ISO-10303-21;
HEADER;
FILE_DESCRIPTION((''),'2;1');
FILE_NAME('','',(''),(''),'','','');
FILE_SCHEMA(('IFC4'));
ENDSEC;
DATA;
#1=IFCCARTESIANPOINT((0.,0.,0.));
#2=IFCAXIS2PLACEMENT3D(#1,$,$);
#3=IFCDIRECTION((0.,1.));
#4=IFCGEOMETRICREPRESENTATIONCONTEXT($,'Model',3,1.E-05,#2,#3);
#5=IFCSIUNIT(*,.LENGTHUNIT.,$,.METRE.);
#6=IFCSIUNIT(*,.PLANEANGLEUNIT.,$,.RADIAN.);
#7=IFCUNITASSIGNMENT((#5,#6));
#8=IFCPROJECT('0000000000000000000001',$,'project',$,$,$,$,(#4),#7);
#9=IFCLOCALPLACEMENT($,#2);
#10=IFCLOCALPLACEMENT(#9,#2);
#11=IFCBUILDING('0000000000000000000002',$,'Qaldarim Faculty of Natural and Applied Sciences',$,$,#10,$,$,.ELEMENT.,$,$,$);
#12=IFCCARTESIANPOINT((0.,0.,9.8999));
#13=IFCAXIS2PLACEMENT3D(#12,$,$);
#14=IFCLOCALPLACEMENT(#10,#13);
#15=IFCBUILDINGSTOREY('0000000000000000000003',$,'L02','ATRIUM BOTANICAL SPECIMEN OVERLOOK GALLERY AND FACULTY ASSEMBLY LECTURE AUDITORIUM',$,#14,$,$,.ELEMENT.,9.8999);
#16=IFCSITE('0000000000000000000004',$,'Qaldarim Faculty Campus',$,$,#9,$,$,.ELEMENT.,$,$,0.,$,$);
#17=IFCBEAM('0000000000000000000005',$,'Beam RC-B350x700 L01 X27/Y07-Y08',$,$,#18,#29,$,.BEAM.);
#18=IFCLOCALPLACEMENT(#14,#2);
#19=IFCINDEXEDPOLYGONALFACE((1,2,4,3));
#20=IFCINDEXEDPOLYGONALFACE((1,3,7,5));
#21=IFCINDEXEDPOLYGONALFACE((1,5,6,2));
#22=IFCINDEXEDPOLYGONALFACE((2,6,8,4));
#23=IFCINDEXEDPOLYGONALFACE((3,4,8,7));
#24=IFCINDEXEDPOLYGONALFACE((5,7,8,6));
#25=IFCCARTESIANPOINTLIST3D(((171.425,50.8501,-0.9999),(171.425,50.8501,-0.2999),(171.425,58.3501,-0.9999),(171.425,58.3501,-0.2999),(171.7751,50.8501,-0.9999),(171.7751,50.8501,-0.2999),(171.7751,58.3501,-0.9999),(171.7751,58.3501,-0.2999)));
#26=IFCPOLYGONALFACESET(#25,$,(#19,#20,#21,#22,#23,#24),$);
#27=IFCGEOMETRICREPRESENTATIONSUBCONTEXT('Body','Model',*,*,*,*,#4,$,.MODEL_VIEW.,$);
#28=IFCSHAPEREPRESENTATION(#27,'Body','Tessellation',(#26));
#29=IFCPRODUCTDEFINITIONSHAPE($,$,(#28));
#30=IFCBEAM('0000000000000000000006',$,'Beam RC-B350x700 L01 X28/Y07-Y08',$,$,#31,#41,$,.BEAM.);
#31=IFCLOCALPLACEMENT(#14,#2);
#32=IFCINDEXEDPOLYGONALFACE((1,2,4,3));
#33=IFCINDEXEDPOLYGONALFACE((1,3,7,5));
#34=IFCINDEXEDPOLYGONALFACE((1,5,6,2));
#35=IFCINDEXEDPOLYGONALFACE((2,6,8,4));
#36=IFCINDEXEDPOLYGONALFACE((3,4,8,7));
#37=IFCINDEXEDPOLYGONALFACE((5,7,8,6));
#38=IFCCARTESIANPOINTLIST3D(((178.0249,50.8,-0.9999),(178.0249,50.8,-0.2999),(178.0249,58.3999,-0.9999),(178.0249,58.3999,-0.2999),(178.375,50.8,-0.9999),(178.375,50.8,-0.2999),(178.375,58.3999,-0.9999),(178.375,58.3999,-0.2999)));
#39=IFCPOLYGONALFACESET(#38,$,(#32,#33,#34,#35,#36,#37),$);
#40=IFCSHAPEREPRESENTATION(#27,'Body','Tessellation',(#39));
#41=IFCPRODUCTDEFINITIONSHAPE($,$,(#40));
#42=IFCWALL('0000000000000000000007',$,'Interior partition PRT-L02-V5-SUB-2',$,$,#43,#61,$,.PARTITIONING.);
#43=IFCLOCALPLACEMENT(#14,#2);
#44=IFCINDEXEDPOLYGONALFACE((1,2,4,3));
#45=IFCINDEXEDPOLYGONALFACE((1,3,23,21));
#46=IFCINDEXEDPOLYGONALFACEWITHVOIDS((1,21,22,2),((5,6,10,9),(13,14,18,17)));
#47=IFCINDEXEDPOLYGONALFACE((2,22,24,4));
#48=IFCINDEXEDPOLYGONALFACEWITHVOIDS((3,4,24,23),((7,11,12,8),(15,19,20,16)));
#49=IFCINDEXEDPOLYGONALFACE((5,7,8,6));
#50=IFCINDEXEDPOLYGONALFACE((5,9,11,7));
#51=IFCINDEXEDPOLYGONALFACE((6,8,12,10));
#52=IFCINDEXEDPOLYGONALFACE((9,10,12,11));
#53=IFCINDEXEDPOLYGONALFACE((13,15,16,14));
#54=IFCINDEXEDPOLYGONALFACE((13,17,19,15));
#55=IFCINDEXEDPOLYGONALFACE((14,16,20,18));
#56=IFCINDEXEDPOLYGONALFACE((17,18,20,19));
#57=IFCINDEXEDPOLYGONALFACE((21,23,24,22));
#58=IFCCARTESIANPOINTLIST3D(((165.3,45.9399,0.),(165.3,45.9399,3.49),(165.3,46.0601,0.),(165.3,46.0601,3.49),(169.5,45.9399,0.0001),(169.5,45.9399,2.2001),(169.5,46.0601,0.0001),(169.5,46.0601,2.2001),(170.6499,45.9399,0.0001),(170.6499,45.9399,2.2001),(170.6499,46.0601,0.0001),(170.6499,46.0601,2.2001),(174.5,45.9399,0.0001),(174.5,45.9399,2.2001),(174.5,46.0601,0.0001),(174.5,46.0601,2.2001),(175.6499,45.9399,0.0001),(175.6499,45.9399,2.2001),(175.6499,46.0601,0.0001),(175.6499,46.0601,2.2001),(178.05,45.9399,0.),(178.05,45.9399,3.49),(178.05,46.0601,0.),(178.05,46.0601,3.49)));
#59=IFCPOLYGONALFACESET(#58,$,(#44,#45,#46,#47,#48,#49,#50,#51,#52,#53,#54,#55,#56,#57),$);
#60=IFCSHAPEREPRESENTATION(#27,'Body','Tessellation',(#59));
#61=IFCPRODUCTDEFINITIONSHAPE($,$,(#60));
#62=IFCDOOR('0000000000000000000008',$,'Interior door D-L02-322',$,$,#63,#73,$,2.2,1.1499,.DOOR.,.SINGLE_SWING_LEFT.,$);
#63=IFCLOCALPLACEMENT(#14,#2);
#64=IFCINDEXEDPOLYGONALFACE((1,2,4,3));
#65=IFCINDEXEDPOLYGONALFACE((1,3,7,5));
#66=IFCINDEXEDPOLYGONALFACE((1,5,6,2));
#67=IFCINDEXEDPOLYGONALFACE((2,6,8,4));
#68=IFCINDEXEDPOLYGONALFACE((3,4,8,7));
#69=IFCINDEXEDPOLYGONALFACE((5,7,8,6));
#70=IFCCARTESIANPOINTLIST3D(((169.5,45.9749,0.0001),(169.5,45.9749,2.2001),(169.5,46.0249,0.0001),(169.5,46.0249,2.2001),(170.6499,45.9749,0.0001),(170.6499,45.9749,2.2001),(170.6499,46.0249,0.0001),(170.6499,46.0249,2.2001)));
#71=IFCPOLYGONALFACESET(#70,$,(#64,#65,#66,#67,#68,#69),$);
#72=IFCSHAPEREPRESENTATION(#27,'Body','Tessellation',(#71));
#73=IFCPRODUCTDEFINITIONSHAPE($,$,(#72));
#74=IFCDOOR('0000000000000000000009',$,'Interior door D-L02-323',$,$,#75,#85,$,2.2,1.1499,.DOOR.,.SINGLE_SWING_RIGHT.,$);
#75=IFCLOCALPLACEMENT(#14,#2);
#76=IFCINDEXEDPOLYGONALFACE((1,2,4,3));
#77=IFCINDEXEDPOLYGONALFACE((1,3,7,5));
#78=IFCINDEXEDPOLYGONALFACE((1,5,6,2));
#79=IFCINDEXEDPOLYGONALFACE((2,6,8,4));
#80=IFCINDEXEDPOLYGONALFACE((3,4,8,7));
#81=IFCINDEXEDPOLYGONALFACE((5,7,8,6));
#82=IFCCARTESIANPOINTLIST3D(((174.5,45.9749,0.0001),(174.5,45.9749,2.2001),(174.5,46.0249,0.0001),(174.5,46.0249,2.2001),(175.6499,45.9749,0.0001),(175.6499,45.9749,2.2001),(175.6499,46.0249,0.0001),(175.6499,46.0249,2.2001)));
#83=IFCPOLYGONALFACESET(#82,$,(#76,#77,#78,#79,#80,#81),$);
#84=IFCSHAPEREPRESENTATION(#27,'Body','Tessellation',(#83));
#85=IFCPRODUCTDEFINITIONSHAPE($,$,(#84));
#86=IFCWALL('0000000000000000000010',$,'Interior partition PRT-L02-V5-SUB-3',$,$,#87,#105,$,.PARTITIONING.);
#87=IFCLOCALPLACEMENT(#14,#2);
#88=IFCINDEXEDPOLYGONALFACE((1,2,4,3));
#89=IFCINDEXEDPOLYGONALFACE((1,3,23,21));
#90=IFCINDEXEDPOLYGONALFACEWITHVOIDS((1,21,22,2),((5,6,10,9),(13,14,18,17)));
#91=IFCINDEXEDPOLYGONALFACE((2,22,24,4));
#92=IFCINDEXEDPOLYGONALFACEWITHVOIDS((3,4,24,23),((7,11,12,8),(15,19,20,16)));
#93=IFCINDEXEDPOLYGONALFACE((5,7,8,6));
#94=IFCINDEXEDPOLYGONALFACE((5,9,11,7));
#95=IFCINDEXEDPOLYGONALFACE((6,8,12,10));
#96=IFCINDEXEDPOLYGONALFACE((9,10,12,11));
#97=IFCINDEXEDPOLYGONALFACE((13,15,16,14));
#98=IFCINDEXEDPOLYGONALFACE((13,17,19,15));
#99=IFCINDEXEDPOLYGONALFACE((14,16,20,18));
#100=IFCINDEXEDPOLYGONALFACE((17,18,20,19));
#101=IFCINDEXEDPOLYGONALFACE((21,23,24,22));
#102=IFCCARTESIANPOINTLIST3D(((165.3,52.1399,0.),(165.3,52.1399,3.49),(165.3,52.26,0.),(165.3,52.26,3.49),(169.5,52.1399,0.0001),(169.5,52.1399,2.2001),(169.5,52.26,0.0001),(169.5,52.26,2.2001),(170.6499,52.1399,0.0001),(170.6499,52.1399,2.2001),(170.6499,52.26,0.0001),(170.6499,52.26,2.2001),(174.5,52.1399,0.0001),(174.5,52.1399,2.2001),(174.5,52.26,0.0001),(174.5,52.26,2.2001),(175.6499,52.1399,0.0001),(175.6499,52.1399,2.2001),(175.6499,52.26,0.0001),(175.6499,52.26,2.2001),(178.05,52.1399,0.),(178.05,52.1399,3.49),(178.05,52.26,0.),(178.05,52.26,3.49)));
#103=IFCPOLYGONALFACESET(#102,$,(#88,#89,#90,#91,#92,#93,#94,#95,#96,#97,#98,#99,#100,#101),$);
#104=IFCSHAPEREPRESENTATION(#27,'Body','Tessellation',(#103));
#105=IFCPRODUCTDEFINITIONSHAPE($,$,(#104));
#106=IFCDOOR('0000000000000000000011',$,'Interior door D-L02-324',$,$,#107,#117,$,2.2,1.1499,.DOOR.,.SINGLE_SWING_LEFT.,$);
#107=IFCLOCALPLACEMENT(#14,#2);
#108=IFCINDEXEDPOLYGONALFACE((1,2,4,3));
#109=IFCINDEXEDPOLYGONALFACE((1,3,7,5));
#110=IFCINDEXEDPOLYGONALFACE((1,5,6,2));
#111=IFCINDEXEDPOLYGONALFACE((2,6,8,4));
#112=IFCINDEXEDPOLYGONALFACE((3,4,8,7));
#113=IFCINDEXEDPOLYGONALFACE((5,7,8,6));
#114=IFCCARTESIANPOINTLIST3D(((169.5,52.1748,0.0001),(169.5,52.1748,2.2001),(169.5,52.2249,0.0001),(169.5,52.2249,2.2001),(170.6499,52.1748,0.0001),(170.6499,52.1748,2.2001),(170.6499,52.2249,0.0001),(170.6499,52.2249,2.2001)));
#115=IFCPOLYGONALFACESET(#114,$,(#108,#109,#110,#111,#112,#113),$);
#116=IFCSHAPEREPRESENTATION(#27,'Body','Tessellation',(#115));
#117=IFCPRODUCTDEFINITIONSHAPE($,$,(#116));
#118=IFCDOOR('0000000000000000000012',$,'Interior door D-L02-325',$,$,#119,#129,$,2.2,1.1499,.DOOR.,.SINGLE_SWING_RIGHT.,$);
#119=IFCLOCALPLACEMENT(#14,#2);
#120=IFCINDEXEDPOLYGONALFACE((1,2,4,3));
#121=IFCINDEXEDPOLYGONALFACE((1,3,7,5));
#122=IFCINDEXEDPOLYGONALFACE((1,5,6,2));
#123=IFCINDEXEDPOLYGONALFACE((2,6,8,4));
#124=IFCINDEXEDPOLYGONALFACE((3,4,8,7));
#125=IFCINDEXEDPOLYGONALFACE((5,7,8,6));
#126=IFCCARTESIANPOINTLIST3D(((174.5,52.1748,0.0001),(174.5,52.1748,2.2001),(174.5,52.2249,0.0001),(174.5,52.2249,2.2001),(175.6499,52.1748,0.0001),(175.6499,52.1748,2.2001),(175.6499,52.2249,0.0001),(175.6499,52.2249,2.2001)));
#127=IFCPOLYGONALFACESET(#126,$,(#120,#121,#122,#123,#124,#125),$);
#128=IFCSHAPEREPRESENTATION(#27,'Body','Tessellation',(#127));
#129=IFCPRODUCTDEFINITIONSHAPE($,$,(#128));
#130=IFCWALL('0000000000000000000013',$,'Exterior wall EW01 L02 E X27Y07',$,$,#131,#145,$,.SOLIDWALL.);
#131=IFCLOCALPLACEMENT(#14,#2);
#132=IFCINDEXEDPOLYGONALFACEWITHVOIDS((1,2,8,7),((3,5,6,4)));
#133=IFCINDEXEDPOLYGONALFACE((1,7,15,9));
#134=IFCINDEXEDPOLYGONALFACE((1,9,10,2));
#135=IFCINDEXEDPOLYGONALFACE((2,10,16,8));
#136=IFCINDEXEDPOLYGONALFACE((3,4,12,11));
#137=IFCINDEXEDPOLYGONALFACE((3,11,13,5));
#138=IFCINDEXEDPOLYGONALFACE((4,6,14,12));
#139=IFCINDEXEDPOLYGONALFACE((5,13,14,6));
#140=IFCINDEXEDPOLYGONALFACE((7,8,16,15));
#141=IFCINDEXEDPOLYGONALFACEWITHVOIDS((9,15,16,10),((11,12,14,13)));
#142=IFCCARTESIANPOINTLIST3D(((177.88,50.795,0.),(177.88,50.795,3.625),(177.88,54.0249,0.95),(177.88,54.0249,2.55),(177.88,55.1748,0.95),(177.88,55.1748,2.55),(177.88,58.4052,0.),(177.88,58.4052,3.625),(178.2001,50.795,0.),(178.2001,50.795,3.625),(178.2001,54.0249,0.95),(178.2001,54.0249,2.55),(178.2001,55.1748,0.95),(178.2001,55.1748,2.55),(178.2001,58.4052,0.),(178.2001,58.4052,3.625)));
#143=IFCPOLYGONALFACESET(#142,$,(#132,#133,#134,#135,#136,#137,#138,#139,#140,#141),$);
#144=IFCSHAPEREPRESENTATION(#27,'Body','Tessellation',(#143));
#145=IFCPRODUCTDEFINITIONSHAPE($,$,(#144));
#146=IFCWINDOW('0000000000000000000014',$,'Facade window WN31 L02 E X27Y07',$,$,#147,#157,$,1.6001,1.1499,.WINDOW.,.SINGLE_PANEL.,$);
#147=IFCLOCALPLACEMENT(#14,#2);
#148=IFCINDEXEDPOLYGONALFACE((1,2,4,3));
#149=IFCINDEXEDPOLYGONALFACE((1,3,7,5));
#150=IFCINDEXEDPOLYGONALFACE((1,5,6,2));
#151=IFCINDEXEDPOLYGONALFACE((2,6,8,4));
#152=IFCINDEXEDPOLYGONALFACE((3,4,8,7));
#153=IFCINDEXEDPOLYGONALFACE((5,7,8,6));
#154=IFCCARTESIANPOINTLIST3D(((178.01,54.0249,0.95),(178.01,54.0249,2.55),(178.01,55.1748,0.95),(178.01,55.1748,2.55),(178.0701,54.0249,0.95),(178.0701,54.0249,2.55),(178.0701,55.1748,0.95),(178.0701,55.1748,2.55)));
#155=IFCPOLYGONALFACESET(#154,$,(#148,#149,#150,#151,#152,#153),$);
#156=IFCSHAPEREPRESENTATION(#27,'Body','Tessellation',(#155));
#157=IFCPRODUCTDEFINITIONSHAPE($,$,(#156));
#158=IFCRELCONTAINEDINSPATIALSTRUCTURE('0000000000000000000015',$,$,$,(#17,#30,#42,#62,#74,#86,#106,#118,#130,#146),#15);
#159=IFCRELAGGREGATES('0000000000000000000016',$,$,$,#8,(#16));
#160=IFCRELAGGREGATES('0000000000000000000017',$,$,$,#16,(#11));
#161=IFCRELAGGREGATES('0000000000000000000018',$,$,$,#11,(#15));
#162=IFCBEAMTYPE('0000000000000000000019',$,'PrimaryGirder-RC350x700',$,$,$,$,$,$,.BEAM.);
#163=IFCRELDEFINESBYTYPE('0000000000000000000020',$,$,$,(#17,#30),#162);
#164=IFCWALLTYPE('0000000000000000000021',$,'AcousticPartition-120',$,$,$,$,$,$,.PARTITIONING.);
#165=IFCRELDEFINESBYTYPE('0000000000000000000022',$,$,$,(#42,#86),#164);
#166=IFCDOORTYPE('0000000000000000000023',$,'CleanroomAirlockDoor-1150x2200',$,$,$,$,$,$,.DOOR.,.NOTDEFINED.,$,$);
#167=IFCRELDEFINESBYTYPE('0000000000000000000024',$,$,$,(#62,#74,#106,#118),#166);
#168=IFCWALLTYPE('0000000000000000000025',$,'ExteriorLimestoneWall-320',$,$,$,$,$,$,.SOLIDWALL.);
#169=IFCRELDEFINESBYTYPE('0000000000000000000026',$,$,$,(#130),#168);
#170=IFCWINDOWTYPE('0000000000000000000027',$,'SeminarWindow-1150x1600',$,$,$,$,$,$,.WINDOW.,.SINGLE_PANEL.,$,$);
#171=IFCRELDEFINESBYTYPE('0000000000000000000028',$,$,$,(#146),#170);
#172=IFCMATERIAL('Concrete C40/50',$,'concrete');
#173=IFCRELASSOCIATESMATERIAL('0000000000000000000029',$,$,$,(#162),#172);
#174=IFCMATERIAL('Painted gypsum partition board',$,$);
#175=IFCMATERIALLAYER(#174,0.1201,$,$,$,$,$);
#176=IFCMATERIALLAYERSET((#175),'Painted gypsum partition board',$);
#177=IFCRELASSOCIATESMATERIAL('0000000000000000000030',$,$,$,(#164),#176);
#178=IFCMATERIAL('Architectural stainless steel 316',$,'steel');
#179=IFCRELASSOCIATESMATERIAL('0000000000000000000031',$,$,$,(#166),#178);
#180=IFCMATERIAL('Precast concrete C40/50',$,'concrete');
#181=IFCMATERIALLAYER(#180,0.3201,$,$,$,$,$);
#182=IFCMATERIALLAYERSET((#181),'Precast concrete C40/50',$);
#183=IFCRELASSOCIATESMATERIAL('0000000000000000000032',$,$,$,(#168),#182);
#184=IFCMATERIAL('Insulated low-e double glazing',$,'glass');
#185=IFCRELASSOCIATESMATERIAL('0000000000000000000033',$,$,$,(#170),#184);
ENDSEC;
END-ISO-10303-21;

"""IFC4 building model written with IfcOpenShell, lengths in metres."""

from ifc_helpers import new_model, si_unit, direction, frame, frame_2d, origin, origin_2d, place, context, subcontext, project, spatial, rectangle, extrude, material, layer, layer_set, material_profile, profile_set, type_object, element, fill, save


model = new_model("IFC4")

# Units and contexts
model_context = context("Model", 3, precision=1e-05, world=origin(), true_north=direction((0.0, 1.0)))
body_context = subcontext(model_context, "Body", "Model", "MODEL_VIEW")
ifc_project = project(units=[si_unit("LENGTHUNIT", "METRE"), si_unit("PLANEANGLEUNIT", "RADIAN")], contexts=[model_context])

# Site, building, storey
site_placement = place(None, origin())
site = spatial("IfcSite", under=ifc_project, at=site_placement, Name="Qaldarim Faculty Campus", CompositionType="ELEMENT", RefElevation=0.0)
building_placement = place(site_placement, origin())
building = spatial("IfcBuilding", under=site, at=building_placement, Name="Qaldarim Faculty of Natural and Applied Sciences", CompositionType="ELEMENT")
storey_placement = place(building_placement, frame((0.0, 0.0, 9.8999)))
storey = spatial("IfcBuildingStorey", under=building, at=storey_placement, Name="L02", Description="ATRIUM BOTANICAL SPECIMEN OVERLOOK GALLERY AND FACULTY ASSEMBLY LECTURE AUDITORIUM", CompositionType="ELEMENT", Elevation=9.8999)

# Beams
ifc_material_1 = material(Name="Concrete C40/50", Category="concrete")
ifc_material_profile_1 = material_profile(ifc_material_1, rectangle(XDim=0.3501, YDim=0.7, at=origin_2d()), Name="RC-B350x700")
ifc_profile_set_1 = profile_set([ifc_material_profile_1], Name="Concrete C40/50")
beam_type_1 = type_object("IfcBeamType", Name="PrimaryGirder-RC350x700", PredefinedType="BEAM", material=ifc_profile_set_1)
beam_1_placement = place(storey_placement, frame((171.6001, 50.8501, -0.6499), z_axis=(0.0, 1.0, 0.0), x_axis=(-1.0, 0.0, 0.0)))
element("IfcBeam", 1, at=beam_1_placement, inside=storey, type_object=beam_type_1, Name="Beam RC-B350x700 L01 X27/Y07-Y08", PredefinedType="BEAM", context=body_context, shape_type="SweptSolid", body=[
    extrude(rectangle(XDim=0.3501, YDim=0.7, at=origin_2d()), origin(), (0.0, 0.0, 1.0), 7.5),
])
beam_2_placement = place(storey_placement, frame((178.2, 50.8, -0.6499), z_axis=(0.0, 1.0, 0.0), x_axis=(-1.0, 0.0, 0.0)))
element("IfcBeam", 2, at=beam_2_placement, inside=storey, type_object=beam_type_1, Name="Beam RC-B350x700 L01 X28/Y07-Y08", PredefinedType="BEAM", context=body_context, shape_type="SweptSolid", body=[
    extrude(rectangle(XDim=0.3501, YDim=0.7, at=origin_2d()), origin(), (0.0, 0.0, 1.0), 7.5999),
])

# Walls, openings, doors
ifc_material_2 = material(Name="Painted gypsum partition board")
ifc_layer_1 = layer(ifc_material_2, 0.1201)
ifc_layer_set_1 = layer_set([ifc_layer_1], Name="Painted gypsum partition board")
wall_type_1 = type_object("IfcWallType", Name="AcousticPartition-120", PredefinedType="PARTITIONING", material=ifc_layer_set_1)
wall_1_placement = place(storey_placement, frame((165.3, 46.0, 0.0), z_axis=(0.0, 0.0, 1.0), x_axis=(1.0, 0.0, 0.0)))
wall_1 = element("IfcWall", 3, at=wall_1_placement, inside=storey, type_object=wall_type_1, Name="Interior partition PRT-L02-V5-SUB-2", PredefinedType="PARTITIONING", context=body_context, shape_type="SweptSolid", body=[
    extrude(rectangle(XDim=12.75, YDim=0.1201, at=frame_2d((6.375, 0.0))), origin(), (0.0, 0.0, 1.0), 3.49),
])
opening_1_placement = place(wall_1_placement, frame((4.2, 0.0, 0.0)))
opening_1 = element("IfcOpeningElement", 4, at=opening_1_placement, cuts=wall_1, PredefinedType="OPENING", context=body_context, shape_type="SweptSolid", body=[
    extrude(rectangle(XDim=1.1499, YDim=2.2, at=frame_2d((0.575, 1.1001))), frame((0.0, 0.0701, 0.0), z_axis=(0.0, -1.0, 0.0), x_axis=(1.0, 0.0, 0.0)), (0.0, 0.0, 1.0), 0.1401),
])
opening_2_placement = place(wall_1_placement, frame((9.2, 0.0, 0.0)))
opening_2 = element("IfcOpeningElement", 5, at=opening_2_placement, cuts=wall_1, PredefinedType="OPENING", context=body_context, shape_type="SweptSolid", body=[
    extrude(rectangle(XDim=1.1499, YDim=2.2, at=frame_2d((0.575, 1.1001))), frame((0.0, 0.0701, 0.0), z_axis=(0.0, -1.0, 0.0), x_axis=(1.0, 0.0, 0.0)), (0.0, 0.0, 1.0), 0.1401),
])
ifc_material_3 = material(Name="Architectural stainless steel 316", Category="steel")
door_type_1 = type_object("IfcDoorType", Name="CleanroomAirlockDoor-1150x2200", OperationType="NOTDEFINED", PredefinedType="DOOR", material=ifc_material_3)
door_1_placement = place(opening_1_placement, origin())
door_1 = element("IfcDoor", 6, at=door_1_placement, inside=storey, type_object=door_type_1, Name="Interior door D-L02-322", OperationType="SINGLE_SWING_LEFT", OverallHeight=2.2, OverallWidth=1.1499, PredefinedType="DOOR", context=body_context, shape_type="SweptSolid", body=[
    extrude(rectangle(XDim=1.1499, YDim=2.2, at=frame_2d((0.575, 1.1001))), frame((0.0, 0.0249, 0.0), z_axis=(0.0, -1.0, 0.0), x_axis=(1.0, 0.0, 0.0)), (0.0, 0.0, 1.0), 0.05),
])
fill(opening_1, door_1)
door_2_placement = place(opening_2_placement, origin())
door_2 = element("IfcDoor", 7, at=door_2_placement, inside=storey, type_object=door_type_1, Name="Interior door D-L02-323", OperationType="SINGLE_SWING_RIGHT", OverallHeight=2.2, OverallWidth=1.1499, PredefinedType="DOOR", context=body_context, shape_type="SweptSolid", body=[
    extrude(rectangle(XDim=1.1499, YDim=2.2, at=frame_2d((0.575, 1.1001))), frame((0.0, 0.0249, 0.0), z_axis=(0.0, -1.0, 0.0), x_axis=(1.0, 0.0, 0.0)), (0.0, 0.0, 1.0), 0.05),
])
fill(opening_2, door_2)
wall_2_placement = place(storey_placement, frame((165.3, 52.2, 0.0), z_axis=(0.0, 0.0, 1.0), x_axis=(1.0, 0.0, 0.0)))
wall_2 = element("IfcWall", 8, at=wall_2_placement, inside=storey, type_object=wall_type_1, Name="Interior partition PRT-L02-V5-SUB-3", PredefinedType="PARTITIONING", context=body_context, shape_type="SweptSolid", body=[
    extrude(rectangle(XDim=12.75, YDim=0.1201, at=frame_2d((6.375, 0.0))), origin(), (0.0, 0.0, 1.0), 3.49),
])
opening_3_placement = place(wall_2_placement, frame((4.2, 0.0, 0.0)))
opening_3 = element("IfcOpeningElement", 9, at=opening_3_placement, cuts=wall_2, PredefinedType="OPENING", context=body_context, shape_type="SweptSolid", body=[
    extrude(rectangle(XDim=1.1499, YDim=2.2, at=frame_2d((0.575, 1.1001))), frame((0.0, 0.0701, 0.0), z_axis=(0.0, -1.0, 0.0), x_axis=(1.0, 0.0, 0.0)), (0.0, 0.0, 1.0), 0.1401),
])
opening_4_placement = place(wall_2_placement, frame((9.2, 0.0, 0.0)))
opening_4 = element("IfcOpeningElement", 10, at=opening_4_placement, cuts=wall_2, PredefinedType="OPENING", context=body_context, shape_type="SweptSolid", body=[
    extrude(rectangle(XDim=1.1499, YDim=2.2, at=frame_2d((0.575, 1.1001))), frame((0.0, 0.0701, 0.0), z_axis=(0.0, -1.0, 0.0), x_axis=(1.0, 0.0, 0.0)), (0.0, 0.0, 1.0), 0.1401),
])
door_3_placement = place(opening_3_placement, origin())
door_3 = element("IfcDoor", 11, at=door_3_placement, inside=storey, type_object=door_type_1, Name="Interior door D-L02-324", OperationType="SINGLE_SWING_LEFT", OverallHeight=2.2, OverallWidth=1.1499, PredefinedType="DOOR", context=body_context, shape_type="SweptSolid", body=[
    extrude(rectangle(XDim=1.1499, YDim=2.2, at=frame_2d((0.575, 1.1001))), frame((0.0, 0.0249, 0.0), z_axis=(0.0, -1.0, 0.0), x_axis=(1.0, 0.0, 0.0)), (0.0, 0.0, 1.0), 0.05),
])
fill(opening_3, door_3)
door_4_placement = place(opening_4_placement, origin())
door_4 = element("IfcDoor", 12, at=door_4_placement, inside=storey, type_object=door_type_1, Name="Interior door D-L02-325", OperationType="SINGLE_SWING_RIGHT", OverallHeight=2.2, OverallWidth=1.1499, PredefinedType="DOOR", context=body_context, shape_type="SweptSolid", body=[
    extrude(rectangle(XDim=1.1499, YDim=2.2, at=frame_2d((0.575, 1.1001))), frame((0.0, 0.0249, 0.0), z_axis=(0.0, -1.0, 0.0), x_axis=(1.0, 0.0, 0.0)), (0.0, 0.0, 1.0), 0.05),
])
fill(opening_4, door_4)

# Wall, opening, window
ifc_material_4 = material(Name="Precast concrete C40/50", Category="concrete")
ifc_layer_2 = layer(ifc_material_4, 0.3201)
ifc_layer_set_2 = layer_set([ifc_layer_2], Name="Precast concrete C40/50")
wall_type_2 = type_object("IfcWallType", Name="ExteriorLimestoneWall-320", PredefinedType="SOLIDWALL", material=ifc_layer_set_2)
wall_3_placement = place(storey_placement, frame((178.04, 50.7949, 0.0), z_axis=(0.0, 0.0, 1.0), x_axis=(0.0, 1.0, 0.0)))
wall_3 = element("IfcWall", 13, at=wall_3_placement, inside=storey, type_object=wall_type_2, Name="Exterior wall EW01 L02 E X27Y07", PredefinedType="SOLIDWALL", context=body_context, shape_type="SweptSolid", body=[
    extrude(rectangle(XDim=7.6101, YDim=0.3201, at=frame_2d((3.8052, 0.0))), origin(), (0.0, 0.0, 1.0), 3.625),
])
opening_5_placement = place(wall_3_placement, frame((3.23, 0.0, 0.95)))
opening_5 = element("IfcOpeningElement", 14, at=opening_5_placement, cuts=wall_3, PredefinedType="OPENING", context=body_context, shape_type="SweptSolid", body=[
    extrude(rectangle(XDim=1.1499, YDim=1.6001, at=frame_2d((0.575, 0.8))), frame((0.0, 0.1699, 0.0), z_axis=(0.0, -1.0, 0.0), x_axis=(1.0, 0.0, 0.0)), (0.0, 0.0, 1.0), 0.3401),
])
ifc_material_5 = material(Name="Insulated low-e double glazing", Category="glass")
window_type = type_object("IfcWindowType", Name="SeminarWindow-1150x1600", PartitioningType="SINGLE_PANEL", PredefinedType="WINDOW", material=ifc_material_5)
window_placement = place(opening_5_placement, origin())
window = element("IfcWindow", 15, at=window_placement, inside=storey, type_object=window_type, Name="Facade window WN31 L02 E X27Y07", OverallHeight=1.6001, OverallWidth=1.1499, PartitioningType="SINGLE_PANEL", PredefinedType="WINDOW", context=body_context, shape_type="SweptSolid", body=[
    extrude(rectangle(XDim=1.1499, YDim=1.6001, at=frame_2d((0.575, 0.8))), frame((0.0, 0.03, 0.0), z_axis=(0.0, -1.0, 0.0), x_axis=(1.0, 0.0, 0.0)), (0.0, 0.0, 1.0), 0.0601),
])
fill(opening_5, window)

save(model, "model.ifc")
